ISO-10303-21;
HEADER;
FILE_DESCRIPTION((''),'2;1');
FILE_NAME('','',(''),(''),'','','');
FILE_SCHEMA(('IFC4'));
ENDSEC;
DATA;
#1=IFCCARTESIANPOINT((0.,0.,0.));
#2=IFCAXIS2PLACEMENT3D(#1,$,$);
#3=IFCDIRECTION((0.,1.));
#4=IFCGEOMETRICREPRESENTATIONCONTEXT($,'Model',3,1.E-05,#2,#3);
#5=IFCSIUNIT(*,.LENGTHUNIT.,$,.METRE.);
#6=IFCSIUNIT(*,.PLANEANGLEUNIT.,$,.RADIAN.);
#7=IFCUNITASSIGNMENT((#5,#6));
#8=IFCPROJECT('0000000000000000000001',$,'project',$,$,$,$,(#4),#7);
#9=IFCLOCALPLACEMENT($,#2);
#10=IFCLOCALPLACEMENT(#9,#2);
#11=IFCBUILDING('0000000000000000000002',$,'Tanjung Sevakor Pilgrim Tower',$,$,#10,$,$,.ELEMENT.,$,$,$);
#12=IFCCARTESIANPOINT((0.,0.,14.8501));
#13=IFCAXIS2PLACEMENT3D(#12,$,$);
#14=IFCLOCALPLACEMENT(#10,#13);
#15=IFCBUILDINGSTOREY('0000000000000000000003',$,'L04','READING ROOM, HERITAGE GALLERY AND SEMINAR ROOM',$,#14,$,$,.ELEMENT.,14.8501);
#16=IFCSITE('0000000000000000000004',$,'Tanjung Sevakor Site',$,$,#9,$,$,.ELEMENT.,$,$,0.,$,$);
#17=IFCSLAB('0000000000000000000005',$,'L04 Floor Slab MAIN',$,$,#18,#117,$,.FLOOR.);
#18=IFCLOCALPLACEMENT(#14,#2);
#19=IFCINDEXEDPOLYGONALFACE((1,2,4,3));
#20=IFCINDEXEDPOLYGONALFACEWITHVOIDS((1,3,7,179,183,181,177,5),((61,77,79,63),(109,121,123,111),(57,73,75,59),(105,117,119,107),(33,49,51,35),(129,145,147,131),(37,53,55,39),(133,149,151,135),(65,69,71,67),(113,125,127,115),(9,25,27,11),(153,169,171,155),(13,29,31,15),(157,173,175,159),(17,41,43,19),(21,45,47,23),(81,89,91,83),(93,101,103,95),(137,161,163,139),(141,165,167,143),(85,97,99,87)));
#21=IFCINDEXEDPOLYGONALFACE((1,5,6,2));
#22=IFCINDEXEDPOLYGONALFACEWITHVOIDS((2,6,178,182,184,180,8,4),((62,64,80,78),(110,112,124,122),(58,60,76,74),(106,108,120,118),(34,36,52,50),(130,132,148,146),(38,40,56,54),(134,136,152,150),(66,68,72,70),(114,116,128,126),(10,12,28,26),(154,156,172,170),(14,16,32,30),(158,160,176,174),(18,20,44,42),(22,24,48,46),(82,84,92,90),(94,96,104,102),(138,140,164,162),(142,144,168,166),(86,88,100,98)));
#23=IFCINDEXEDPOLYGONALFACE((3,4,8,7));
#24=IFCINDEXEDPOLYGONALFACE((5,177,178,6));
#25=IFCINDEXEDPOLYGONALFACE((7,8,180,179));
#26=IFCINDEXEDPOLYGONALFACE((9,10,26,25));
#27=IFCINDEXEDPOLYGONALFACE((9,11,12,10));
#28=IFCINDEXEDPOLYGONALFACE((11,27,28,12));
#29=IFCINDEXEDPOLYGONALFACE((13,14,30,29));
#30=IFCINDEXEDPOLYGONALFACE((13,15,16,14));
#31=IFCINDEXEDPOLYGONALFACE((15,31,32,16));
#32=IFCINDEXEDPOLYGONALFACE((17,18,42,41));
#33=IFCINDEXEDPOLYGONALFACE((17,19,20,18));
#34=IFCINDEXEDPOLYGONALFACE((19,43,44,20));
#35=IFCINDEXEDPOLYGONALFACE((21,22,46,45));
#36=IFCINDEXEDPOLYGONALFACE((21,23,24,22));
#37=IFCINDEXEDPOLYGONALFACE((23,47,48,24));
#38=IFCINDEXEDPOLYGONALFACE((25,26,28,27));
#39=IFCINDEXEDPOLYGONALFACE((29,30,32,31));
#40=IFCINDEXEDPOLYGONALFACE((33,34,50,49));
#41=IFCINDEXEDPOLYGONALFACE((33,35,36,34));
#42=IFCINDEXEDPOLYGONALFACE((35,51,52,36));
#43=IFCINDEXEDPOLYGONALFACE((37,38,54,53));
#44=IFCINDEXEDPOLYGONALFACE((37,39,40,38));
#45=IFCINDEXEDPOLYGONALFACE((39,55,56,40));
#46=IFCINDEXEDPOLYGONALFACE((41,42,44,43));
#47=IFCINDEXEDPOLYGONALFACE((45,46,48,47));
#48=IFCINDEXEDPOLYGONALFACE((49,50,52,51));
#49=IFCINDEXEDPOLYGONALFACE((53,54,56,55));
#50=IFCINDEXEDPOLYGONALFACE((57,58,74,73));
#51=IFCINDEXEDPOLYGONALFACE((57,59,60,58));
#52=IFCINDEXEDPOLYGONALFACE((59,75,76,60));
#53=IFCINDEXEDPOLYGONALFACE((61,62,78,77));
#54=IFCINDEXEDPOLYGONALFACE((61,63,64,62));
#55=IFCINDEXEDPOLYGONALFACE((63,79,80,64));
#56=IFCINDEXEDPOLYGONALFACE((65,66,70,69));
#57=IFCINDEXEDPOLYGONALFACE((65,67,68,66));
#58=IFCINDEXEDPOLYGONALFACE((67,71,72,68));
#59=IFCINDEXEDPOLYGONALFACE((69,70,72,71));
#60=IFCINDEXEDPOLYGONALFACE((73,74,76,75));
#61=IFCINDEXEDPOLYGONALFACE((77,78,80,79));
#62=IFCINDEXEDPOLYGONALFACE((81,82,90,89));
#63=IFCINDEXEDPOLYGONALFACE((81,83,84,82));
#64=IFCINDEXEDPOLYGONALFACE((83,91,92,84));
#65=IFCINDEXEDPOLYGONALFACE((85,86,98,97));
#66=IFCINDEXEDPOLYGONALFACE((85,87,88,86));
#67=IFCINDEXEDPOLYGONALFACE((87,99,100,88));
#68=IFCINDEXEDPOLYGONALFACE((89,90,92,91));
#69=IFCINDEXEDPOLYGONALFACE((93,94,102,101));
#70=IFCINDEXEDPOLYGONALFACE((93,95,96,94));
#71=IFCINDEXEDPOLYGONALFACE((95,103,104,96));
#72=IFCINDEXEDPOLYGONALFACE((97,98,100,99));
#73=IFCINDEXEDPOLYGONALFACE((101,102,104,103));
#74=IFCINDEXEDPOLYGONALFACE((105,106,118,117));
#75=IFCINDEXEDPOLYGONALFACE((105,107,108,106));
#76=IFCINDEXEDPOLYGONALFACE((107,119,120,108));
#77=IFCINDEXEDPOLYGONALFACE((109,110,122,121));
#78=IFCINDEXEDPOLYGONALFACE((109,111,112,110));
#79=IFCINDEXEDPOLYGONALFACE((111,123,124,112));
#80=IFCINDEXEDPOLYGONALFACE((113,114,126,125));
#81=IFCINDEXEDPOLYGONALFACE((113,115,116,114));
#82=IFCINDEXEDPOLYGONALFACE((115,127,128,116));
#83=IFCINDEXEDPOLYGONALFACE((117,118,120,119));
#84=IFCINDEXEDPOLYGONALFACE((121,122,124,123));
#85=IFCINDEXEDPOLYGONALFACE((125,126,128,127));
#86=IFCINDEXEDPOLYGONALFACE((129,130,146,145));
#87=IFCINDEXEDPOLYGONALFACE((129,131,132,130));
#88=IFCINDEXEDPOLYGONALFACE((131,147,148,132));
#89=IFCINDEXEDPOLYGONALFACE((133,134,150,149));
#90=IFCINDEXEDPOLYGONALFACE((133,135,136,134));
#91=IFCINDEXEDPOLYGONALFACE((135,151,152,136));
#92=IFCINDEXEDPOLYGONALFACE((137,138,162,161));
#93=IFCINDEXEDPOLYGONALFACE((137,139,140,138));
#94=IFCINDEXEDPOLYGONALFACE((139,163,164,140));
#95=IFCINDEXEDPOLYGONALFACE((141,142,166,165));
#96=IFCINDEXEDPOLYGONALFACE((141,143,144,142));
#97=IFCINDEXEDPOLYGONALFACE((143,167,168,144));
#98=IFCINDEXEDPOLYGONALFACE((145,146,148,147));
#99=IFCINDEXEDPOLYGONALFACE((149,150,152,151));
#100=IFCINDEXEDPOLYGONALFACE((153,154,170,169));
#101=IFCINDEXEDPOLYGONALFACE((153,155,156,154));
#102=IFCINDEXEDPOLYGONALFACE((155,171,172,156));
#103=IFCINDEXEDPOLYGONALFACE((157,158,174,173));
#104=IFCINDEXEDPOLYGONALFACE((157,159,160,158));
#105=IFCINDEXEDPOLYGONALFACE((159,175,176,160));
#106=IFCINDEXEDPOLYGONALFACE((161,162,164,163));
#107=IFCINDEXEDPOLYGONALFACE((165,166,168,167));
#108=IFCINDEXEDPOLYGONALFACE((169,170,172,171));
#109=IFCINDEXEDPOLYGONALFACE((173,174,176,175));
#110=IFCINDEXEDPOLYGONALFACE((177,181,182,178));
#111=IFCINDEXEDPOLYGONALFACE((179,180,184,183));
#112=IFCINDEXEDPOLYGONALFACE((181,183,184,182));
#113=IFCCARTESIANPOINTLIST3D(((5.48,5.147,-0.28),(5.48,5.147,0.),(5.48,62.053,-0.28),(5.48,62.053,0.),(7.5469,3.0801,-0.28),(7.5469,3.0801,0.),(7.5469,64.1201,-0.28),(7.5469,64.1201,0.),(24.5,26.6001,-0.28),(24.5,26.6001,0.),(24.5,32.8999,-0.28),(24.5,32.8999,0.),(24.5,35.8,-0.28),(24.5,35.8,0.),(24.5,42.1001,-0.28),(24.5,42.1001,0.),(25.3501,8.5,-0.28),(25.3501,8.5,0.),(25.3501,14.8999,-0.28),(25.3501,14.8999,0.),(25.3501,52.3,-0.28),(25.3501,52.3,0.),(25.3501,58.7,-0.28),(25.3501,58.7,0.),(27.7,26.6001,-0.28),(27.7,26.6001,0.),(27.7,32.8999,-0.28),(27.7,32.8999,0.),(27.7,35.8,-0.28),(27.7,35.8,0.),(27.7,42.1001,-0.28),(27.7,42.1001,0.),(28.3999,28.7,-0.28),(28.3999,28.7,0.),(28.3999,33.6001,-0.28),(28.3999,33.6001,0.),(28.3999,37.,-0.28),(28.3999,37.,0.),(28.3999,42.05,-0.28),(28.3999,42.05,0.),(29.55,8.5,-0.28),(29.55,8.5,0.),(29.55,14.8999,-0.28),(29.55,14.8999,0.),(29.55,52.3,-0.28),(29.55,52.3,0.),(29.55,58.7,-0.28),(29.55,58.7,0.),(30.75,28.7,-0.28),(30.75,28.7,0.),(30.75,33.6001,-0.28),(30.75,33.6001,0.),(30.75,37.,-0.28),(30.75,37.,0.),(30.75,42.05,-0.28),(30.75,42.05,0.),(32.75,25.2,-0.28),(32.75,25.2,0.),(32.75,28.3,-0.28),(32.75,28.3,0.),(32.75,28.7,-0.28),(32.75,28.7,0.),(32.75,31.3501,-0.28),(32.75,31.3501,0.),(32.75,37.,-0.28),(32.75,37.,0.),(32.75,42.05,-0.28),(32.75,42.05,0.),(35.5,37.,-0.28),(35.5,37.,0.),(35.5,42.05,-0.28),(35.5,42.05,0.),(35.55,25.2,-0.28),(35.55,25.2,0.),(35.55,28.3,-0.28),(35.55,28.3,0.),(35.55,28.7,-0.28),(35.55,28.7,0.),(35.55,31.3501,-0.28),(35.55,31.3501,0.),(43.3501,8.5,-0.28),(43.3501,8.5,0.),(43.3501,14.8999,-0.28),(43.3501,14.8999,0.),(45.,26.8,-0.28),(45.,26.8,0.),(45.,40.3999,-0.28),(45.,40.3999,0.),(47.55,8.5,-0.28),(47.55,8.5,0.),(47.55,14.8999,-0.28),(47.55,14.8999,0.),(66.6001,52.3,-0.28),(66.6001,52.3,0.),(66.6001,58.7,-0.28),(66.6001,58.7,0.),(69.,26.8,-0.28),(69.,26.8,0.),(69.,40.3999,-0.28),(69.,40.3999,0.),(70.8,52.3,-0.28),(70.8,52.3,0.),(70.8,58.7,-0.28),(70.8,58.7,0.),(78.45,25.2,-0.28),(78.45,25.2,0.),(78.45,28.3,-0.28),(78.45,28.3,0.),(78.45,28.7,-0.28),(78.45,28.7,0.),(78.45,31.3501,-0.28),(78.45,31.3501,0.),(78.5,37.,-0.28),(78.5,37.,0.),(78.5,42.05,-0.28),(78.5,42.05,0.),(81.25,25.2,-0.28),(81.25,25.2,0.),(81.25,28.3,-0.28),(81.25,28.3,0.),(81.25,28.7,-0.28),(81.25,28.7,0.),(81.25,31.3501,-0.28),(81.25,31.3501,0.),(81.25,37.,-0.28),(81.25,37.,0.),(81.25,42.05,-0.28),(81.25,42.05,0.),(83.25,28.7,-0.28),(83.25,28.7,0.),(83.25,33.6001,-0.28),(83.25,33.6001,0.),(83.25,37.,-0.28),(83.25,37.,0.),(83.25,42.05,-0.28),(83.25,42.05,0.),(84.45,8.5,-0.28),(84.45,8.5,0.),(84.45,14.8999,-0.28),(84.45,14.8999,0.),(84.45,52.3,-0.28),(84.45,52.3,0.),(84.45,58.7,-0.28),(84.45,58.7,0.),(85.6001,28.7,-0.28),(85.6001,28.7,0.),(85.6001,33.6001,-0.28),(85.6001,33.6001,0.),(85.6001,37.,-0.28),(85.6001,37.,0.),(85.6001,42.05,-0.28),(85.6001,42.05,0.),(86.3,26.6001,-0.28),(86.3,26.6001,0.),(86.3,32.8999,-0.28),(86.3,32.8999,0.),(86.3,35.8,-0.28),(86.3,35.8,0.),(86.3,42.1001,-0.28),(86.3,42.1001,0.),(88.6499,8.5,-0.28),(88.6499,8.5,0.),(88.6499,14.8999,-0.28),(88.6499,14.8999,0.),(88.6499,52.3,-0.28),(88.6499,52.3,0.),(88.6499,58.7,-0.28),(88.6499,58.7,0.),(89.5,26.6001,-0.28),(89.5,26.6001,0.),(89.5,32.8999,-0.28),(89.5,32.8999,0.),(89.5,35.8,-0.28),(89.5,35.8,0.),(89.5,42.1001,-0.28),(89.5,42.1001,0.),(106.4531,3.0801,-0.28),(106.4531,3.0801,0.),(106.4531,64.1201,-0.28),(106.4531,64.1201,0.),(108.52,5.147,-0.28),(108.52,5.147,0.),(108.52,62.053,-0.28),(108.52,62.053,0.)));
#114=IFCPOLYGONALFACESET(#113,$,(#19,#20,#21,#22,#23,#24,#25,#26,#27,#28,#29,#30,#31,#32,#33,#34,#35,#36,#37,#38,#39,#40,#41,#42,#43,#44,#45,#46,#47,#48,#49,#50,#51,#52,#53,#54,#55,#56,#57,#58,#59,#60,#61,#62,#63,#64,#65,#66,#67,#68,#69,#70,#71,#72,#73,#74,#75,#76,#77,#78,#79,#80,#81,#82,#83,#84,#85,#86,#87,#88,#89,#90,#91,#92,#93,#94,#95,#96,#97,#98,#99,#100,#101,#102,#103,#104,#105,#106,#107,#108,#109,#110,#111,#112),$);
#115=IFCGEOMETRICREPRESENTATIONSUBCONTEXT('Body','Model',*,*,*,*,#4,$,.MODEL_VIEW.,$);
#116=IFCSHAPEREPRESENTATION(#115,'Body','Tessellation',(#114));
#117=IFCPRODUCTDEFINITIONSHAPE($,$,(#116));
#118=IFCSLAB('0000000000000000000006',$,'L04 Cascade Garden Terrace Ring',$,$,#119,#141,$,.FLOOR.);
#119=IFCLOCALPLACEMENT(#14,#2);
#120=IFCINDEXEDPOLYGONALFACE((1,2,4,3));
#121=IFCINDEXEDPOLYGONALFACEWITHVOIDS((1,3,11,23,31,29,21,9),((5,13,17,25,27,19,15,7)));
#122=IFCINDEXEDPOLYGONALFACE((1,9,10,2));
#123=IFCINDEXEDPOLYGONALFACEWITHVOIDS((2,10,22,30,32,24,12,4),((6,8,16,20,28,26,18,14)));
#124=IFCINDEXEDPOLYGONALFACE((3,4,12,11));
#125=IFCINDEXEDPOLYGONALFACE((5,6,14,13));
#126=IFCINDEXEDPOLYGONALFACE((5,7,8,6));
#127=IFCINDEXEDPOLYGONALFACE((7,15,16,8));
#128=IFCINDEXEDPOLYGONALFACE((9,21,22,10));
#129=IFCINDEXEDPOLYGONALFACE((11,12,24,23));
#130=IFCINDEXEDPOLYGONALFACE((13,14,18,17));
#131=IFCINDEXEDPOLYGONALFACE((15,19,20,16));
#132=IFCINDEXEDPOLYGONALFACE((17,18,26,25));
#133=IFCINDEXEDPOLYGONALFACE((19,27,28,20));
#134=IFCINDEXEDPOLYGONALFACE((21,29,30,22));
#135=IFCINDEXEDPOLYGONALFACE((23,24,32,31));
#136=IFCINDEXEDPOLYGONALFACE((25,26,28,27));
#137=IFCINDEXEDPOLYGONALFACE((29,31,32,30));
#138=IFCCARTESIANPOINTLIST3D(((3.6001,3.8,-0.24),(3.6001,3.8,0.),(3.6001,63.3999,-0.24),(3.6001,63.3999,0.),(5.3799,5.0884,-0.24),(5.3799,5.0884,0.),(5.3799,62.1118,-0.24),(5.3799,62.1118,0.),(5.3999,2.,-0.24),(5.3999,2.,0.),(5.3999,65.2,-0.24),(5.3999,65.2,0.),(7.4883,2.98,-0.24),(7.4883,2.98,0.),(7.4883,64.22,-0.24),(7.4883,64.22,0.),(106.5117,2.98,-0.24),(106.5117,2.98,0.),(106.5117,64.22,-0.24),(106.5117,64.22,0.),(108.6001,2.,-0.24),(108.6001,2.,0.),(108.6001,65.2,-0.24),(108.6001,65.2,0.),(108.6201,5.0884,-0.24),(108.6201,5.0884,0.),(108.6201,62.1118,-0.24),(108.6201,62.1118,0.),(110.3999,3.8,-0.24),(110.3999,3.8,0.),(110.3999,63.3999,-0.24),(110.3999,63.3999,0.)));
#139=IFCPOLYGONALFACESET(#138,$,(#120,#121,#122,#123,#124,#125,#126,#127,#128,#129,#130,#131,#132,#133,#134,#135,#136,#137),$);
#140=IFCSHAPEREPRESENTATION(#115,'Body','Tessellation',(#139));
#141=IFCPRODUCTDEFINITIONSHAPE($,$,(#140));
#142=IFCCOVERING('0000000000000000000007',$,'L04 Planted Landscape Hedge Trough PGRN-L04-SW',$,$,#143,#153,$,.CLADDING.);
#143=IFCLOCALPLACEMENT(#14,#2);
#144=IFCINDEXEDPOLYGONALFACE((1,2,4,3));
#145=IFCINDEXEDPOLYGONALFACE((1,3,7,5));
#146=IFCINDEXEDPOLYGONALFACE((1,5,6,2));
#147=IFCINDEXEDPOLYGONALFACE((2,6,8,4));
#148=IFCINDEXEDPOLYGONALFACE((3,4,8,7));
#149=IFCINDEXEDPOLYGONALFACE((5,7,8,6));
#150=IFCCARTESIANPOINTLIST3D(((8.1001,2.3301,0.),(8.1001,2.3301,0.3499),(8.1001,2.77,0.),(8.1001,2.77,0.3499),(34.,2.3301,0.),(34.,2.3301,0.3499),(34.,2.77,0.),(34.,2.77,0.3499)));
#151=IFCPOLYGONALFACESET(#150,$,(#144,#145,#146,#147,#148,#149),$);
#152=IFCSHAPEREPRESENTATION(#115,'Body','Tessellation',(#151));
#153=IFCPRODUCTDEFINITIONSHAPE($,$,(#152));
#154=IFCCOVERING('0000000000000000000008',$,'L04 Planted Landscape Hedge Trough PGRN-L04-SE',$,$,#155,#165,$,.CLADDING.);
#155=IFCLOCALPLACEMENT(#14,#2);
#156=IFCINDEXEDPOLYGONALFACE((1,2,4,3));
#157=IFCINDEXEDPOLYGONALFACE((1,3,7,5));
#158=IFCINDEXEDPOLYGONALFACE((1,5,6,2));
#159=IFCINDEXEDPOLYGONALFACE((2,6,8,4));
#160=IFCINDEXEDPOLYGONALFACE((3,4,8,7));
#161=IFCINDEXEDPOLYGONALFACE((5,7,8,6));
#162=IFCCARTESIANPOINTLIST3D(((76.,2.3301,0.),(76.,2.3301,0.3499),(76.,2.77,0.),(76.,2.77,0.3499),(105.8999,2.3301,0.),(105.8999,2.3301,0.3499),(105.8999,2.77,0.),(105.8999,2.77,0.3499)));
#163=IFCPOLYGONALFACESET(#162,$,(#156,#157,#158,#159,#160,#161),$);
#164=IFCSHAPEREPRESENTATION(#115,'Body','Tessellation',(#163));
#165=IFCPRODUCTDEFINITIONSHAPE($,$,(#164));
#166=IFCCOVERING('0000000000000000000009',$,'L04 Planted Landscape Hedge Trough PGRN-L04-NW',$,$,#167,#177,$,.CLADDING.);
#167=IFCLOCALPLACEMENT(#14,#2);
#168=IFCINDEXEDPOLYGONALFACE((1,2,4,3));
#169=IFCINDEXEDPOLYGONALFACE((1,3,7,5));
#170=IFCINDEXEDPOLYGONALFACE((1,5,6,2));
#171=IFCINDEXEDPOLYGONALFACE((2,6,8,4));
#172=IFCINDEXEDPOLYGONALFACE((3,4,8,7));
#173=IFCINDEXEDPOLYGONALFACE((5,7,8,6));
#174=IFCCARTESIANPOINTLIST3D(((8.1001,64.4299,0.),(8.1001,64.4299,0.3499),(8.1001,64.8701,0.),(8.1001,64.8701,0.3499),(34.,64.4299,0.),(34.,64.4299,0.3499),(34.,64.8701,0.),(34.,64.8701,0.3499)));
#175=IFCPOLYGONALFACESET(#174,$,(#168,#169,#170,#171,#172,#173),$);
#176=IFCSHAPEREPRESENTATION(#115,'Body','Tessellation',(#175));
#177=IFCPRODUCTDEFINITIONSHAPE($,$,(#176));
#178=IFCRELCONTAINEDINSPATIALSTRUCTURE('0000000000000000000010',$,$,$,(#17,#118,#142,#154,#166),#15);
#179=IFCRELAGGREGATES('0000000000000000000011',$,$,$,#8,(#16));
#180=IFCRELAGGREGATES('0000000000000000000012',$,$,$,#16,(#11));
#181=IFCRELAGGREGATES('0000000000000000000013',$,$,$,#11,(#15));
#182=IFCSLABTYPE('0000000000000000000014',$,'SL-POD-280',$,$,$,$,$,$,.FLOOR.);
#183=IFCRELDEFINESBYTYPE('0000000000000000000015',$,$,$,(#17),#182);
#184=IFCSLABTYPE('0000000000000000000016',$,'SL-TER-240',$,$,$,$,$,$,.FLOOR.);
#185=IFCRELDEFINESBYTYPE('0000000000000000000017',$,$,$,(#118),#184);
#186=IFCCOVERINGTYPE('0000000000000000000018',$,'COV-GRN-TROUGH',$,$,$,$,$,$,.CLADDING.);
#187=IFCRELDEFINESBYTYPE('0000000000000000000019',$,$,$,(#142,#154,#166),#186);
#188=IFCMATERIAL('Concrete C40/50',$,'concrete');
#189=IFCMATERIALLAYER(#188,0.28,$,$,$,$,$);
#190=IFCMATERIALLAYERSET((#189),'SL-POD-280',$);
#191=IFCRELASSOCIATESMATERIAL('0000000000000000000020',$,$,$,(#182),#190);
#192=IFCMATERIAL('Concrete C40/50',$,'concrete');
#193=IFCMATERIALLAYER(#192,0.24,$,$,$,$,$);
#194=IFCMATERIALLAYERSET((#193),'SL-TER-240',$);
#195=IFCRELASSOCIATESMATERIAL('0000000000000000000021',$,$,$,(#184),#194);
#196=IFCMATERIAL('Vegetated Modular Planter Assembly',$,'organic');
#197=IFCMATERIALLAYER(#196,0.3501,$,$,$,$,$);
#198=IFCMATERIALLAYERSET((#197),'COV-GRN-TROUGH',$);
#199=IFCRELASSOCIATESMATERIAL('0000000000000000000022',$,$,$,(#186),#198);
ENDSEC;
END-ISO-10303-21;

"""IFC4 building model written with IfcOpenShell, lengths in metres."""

from ifc_helpers import new_model, si_unit, direction, frame, origin, place, context, subcontext, project, spatial, polyline, outline, extrude, material, layer, layer_set, type_object, element, save


model = new_model("IFC4")

# Units and contexts
model_context = context("Model", 3, precision=1e-05, world=origin(), true_north=direction((0.0, 1.0)))
body_context = subcontext(model_context, "Body", "Model", "MODEL_VIEW")
ifc_project = project(units=[si_unit("LENGTHUNIT", "METRE"), si_unit("PLANEANGLEUNIT", "RADIAN")], contexts=[model_context])

# Site, building, storey
site_placement = place(None, origin())
site = spatial("IfcSite", under=ifc_project, at=site_placement, Name="Tanjung Sevakor Site", CompositionType="ELEMENT", RefElevation=0.0)
building_placement = place(site_placement, origin())
building = spatial("IfcBuilding", under=site, at=building_placement, Name="Tanjung Sevakor Pilgrim Tower", CompositionType="ELEMENT")
storey_placement = place(building_placement, frame((0.0, 0.0, 14.8501)))
storey = spatial("IfcBuildingStorey", under=building, at=storey_placement, Name="L04", Description="READING ROOM, HERITAGE GALLERY AND SEMINAR ROOM", CompositionType="ELEMENT", Elevation=14.8501)

# Slabs
ifc_material_1 = material(Name="Concrete C40/50", Category="concrete")
ifc_layer_1 = layer(ifc_material_1, 0.28)
ifc_layer_set_1 = layer_set([ifc_layer_1], Name="SL-POD-280")
slab_type_1 = type_object("IfcSlabType", Name="SL-POD-280", PredefinedType="FLOOR", material=ifc_layer_set_1)
slab_1_placement = place(storey_placement, frame((0.0, 0.0, -0.28)))
element("IfcSlab", 1, at=slab_1_placement, inside=storey, type_object=slab_type_1, Name="L04 Floor Slab MAIN", PredefinedType="FLOOR", context=body_context, shape_type="SweptSolid", body=[
    extrude(outline(polyline([(7.5469, 3.0801), (106.4531, 3.0801), (108.52, 5.147), (108.52, 62.053), (106.4531, 64.1201), (7.5469, 64.1201), (5.48, 62.053), (5.48, 5.147), (7.5469, 3.0801)]), holes=[polyline([(27.7, 26.6001), (27.7, 32.8999), (24.5, 32.8999), (24.5, 26.6001), (27.7, 26.6001)]), polyline([(27.7, 35.8), (27.7, 42.1001), (24.5, 42.1001), (24.5, 35.8), (27.7, 35.8)]), polyline([(89.5, 26.6001), (89.5, 32.8999), (86.3, 32.8999), (86.3, 26.6001), (89.5, 26.6001)]), polyline([(89.5, 35.8), (89.5, 42.1001), (86.3, 42.1001), (86.3, 35.8), (89.5, 35.8)]), polyline([(25.3501, 14.8999), (25.3501, 8.5), (29.55, 8.5), (29.55, 14.8999), (25.3501, 14.8999)]), polyline([(29.55, 52.3), (29.55, 58.7), (25.3501, 58.7), (25.3501, 52.3), (29.55, 52.3)]), polyline([(43.3501, 14.8999), (43.3501, 8.5), (47.55, 8.5), (47.55, 14.8999), (43.3501, 14.8999)]), polyline([(70.8, 52.3), (70.8, 58.7), (66.6001, 58.7), (66.6001, 52.3), (70.8, 52.3)]), polyline([(84.45, 14.8999), (84.45, 8.5), (88.6499, 8.5), (88.6499, 14.8999), (84.45, 14.8999)]), polyline([(88.6499, 52.3), (88.6499, 58.7), (84.45, 58.7), (84.45, 52.3), (88.6499, 52.3)]), polyline([(32.75, 25.2), (35.55, 25.2), (35.55, 28.3), (32.75, 28.3), (32.75, 25.2)]), polyline([(32.75, 28.7), (35.55, 28.7), (35.55, 31.3501), (32.75, 31.3501), (32.75, 28.7)]), polyline([(28.3999, 28.7), (30.75, 28.7), (30.75, 33.6001), (28.3999, 33.6001), (28.3999, 28.7)]), polyline([(28.3999, 37.0), (30.75, 37.0), (30.75, 42.05), (28.3999, 42.05), (28.3999, 37.0)]), polyline([(32.75, 37.0), (35.5, 37.0), (35.5, 42.05), (32.75, 42.05), (32.75, 37.0)]), polyline([(78.45, 25.2), (81.25, 25.2), (81.25, 28.3), (78.45, 28.3), (78.45, 25.2)]), polyline([(78.45, 28.7), (81.25, 28.7), (81.25, 31.3501), (78.45, 31.3501), (78.45, 28.7)]), polyline([(83.25, 28.7), (85.6001, 28.7), (85.6001, 33.6001), (83.25, 33.6001), (83.25, 28.7)]), polyline([(83.25, 37.0), (85.6001, 37.0), (85.6001, 42.05), (83.25, 42.05), (83.25, 37.0)]), polyline([(78.5, 37.0), (81.25, 37.0), (81.25, 42.05), (78.5, 42.05), (78.5, 37.0)]), polyline([(45.0, 26.8), (69.0, 26.8), (69.0, 40.3999), (45.0, 40.3999), (45.0, 26.8)])]), origin(), (0.0, 0.0, 1.0), 0.28),
])
ifc_material_2 = material(Name="Concrete C40/50", Category="concrete")
ifc_layer_2 = layer(ifc_material_2, 0.24)
ifc_layer_set_2 = layer_set([ifc_layer_2], Name="SL-TER-240")
slab_type_2 = type_object("IfcSlabType", Name="SL-TER-240", PredefinedType="FLOOR", material=ifc_layer_set_2)
slab_2_placement = place(storey_placement, frame((0.0, 0.0, -0.24)))
element("IfcSlab", 2, at=slab_2_placement, inside=storey, type_object=slab_type_2, Name="L04 Cascade Garden Terrace Ring", PredefinedType="FLOOR", context=body_context, shape_type="SweptSolid", body=[
    extrude(outline(polyline([(5.3999, 2.0), (108.6001, 2.0), (110.3999, 3.8), (110.3999, 63.3999), (108.6001, 65.2), (5.3999, 65.2), (3.6001, 63.3999), (3.6001, 3.8), (5.3999, 2.0)]), holes=[polyline([(7.4883, 2.98), (106.5117, 2.98), (108.6201, 5.0884), (108.6201, 62.1118), (106.5117, 64.22), (7.4883, 64.22), (5.3799, 62.1118), (5.3799, 5.0884), (7.4883, 2.98)])]), origin(), (0.0, 0.0, 1.0), 0.24),
])

# Coverings
ifc_material_3 = material(Name="Vegetated Modular Planter Assembly", Category="organic")
ifc_layer_3 = layer(ifc_material_3, 0.3501)
ifc_layer_set_3 = layer_set([ifc_layer_3], Name="COV-GRN-TROUGH")
covering_type = type_object("IfcCoveringType", Name="COV-GRN-TROUGH", PredefinedType="CLADDING", material=ifc_layer_set_3)
covering_1_placement = place(storey_placement, origin())
element("IfcCovering", 3, at=covering_1_placement, inside=storey, type_object=covering_type, Name="L04 Planted Landscape Hedge Trough PGRN-L04-SW", PredefinedType="CLADDING", context=body_context, shape_type="SweptSolid", body=[
    extrude(outline(polyline([(8.1001, 2.3301), (34.0, 2.3301), (34.0, 2.77), (8.1001, 2.77), (8.1001, 2.3301)])), origin(), (0.0, 0.0, 1.0), 0.3499),
])
covering_2_placement = place(storey_placement, origin())
element("IfcCovering", 4, at=covering_2_placement, inside=storey, type_object=covering_type, Name="L04 Planted Landscape Hedge Trough PGRN-L04-SE", PredefinedType="CLADDING", context=body_context, shape_type="SweptSolid", body=[
    extrude(outline(polyline([(76.0, 2.3301), (105.8999, 2.3301), (105.8999, 2.77), (76.0, 2.77), (76.0, 2.3301)])), origin(), (0.0, 0.0, 1.0), 0.3499),
])
covering_3_placement = place(storey_placement, origin())
element("IfcCovering", 5, at=covering_3_placement, inside=storey, type_object=covering_type, Name="L04 Planted Landscape Hedge Trough PGRN-L04-NW", PredefinedType="CLADDING", context=body_context, shape_type="SweptSolid", body=[
    extrude(outline(polyline([(8.1001, 64.4299), (34.0, 64.4299), (34.0, 64.8701), (8.1001, 64.8701), (8.1001, 64.4299)])), origin(), (0.0, 0.0, 1.0), 0.3499),
])

save(model, "model.ifc")
